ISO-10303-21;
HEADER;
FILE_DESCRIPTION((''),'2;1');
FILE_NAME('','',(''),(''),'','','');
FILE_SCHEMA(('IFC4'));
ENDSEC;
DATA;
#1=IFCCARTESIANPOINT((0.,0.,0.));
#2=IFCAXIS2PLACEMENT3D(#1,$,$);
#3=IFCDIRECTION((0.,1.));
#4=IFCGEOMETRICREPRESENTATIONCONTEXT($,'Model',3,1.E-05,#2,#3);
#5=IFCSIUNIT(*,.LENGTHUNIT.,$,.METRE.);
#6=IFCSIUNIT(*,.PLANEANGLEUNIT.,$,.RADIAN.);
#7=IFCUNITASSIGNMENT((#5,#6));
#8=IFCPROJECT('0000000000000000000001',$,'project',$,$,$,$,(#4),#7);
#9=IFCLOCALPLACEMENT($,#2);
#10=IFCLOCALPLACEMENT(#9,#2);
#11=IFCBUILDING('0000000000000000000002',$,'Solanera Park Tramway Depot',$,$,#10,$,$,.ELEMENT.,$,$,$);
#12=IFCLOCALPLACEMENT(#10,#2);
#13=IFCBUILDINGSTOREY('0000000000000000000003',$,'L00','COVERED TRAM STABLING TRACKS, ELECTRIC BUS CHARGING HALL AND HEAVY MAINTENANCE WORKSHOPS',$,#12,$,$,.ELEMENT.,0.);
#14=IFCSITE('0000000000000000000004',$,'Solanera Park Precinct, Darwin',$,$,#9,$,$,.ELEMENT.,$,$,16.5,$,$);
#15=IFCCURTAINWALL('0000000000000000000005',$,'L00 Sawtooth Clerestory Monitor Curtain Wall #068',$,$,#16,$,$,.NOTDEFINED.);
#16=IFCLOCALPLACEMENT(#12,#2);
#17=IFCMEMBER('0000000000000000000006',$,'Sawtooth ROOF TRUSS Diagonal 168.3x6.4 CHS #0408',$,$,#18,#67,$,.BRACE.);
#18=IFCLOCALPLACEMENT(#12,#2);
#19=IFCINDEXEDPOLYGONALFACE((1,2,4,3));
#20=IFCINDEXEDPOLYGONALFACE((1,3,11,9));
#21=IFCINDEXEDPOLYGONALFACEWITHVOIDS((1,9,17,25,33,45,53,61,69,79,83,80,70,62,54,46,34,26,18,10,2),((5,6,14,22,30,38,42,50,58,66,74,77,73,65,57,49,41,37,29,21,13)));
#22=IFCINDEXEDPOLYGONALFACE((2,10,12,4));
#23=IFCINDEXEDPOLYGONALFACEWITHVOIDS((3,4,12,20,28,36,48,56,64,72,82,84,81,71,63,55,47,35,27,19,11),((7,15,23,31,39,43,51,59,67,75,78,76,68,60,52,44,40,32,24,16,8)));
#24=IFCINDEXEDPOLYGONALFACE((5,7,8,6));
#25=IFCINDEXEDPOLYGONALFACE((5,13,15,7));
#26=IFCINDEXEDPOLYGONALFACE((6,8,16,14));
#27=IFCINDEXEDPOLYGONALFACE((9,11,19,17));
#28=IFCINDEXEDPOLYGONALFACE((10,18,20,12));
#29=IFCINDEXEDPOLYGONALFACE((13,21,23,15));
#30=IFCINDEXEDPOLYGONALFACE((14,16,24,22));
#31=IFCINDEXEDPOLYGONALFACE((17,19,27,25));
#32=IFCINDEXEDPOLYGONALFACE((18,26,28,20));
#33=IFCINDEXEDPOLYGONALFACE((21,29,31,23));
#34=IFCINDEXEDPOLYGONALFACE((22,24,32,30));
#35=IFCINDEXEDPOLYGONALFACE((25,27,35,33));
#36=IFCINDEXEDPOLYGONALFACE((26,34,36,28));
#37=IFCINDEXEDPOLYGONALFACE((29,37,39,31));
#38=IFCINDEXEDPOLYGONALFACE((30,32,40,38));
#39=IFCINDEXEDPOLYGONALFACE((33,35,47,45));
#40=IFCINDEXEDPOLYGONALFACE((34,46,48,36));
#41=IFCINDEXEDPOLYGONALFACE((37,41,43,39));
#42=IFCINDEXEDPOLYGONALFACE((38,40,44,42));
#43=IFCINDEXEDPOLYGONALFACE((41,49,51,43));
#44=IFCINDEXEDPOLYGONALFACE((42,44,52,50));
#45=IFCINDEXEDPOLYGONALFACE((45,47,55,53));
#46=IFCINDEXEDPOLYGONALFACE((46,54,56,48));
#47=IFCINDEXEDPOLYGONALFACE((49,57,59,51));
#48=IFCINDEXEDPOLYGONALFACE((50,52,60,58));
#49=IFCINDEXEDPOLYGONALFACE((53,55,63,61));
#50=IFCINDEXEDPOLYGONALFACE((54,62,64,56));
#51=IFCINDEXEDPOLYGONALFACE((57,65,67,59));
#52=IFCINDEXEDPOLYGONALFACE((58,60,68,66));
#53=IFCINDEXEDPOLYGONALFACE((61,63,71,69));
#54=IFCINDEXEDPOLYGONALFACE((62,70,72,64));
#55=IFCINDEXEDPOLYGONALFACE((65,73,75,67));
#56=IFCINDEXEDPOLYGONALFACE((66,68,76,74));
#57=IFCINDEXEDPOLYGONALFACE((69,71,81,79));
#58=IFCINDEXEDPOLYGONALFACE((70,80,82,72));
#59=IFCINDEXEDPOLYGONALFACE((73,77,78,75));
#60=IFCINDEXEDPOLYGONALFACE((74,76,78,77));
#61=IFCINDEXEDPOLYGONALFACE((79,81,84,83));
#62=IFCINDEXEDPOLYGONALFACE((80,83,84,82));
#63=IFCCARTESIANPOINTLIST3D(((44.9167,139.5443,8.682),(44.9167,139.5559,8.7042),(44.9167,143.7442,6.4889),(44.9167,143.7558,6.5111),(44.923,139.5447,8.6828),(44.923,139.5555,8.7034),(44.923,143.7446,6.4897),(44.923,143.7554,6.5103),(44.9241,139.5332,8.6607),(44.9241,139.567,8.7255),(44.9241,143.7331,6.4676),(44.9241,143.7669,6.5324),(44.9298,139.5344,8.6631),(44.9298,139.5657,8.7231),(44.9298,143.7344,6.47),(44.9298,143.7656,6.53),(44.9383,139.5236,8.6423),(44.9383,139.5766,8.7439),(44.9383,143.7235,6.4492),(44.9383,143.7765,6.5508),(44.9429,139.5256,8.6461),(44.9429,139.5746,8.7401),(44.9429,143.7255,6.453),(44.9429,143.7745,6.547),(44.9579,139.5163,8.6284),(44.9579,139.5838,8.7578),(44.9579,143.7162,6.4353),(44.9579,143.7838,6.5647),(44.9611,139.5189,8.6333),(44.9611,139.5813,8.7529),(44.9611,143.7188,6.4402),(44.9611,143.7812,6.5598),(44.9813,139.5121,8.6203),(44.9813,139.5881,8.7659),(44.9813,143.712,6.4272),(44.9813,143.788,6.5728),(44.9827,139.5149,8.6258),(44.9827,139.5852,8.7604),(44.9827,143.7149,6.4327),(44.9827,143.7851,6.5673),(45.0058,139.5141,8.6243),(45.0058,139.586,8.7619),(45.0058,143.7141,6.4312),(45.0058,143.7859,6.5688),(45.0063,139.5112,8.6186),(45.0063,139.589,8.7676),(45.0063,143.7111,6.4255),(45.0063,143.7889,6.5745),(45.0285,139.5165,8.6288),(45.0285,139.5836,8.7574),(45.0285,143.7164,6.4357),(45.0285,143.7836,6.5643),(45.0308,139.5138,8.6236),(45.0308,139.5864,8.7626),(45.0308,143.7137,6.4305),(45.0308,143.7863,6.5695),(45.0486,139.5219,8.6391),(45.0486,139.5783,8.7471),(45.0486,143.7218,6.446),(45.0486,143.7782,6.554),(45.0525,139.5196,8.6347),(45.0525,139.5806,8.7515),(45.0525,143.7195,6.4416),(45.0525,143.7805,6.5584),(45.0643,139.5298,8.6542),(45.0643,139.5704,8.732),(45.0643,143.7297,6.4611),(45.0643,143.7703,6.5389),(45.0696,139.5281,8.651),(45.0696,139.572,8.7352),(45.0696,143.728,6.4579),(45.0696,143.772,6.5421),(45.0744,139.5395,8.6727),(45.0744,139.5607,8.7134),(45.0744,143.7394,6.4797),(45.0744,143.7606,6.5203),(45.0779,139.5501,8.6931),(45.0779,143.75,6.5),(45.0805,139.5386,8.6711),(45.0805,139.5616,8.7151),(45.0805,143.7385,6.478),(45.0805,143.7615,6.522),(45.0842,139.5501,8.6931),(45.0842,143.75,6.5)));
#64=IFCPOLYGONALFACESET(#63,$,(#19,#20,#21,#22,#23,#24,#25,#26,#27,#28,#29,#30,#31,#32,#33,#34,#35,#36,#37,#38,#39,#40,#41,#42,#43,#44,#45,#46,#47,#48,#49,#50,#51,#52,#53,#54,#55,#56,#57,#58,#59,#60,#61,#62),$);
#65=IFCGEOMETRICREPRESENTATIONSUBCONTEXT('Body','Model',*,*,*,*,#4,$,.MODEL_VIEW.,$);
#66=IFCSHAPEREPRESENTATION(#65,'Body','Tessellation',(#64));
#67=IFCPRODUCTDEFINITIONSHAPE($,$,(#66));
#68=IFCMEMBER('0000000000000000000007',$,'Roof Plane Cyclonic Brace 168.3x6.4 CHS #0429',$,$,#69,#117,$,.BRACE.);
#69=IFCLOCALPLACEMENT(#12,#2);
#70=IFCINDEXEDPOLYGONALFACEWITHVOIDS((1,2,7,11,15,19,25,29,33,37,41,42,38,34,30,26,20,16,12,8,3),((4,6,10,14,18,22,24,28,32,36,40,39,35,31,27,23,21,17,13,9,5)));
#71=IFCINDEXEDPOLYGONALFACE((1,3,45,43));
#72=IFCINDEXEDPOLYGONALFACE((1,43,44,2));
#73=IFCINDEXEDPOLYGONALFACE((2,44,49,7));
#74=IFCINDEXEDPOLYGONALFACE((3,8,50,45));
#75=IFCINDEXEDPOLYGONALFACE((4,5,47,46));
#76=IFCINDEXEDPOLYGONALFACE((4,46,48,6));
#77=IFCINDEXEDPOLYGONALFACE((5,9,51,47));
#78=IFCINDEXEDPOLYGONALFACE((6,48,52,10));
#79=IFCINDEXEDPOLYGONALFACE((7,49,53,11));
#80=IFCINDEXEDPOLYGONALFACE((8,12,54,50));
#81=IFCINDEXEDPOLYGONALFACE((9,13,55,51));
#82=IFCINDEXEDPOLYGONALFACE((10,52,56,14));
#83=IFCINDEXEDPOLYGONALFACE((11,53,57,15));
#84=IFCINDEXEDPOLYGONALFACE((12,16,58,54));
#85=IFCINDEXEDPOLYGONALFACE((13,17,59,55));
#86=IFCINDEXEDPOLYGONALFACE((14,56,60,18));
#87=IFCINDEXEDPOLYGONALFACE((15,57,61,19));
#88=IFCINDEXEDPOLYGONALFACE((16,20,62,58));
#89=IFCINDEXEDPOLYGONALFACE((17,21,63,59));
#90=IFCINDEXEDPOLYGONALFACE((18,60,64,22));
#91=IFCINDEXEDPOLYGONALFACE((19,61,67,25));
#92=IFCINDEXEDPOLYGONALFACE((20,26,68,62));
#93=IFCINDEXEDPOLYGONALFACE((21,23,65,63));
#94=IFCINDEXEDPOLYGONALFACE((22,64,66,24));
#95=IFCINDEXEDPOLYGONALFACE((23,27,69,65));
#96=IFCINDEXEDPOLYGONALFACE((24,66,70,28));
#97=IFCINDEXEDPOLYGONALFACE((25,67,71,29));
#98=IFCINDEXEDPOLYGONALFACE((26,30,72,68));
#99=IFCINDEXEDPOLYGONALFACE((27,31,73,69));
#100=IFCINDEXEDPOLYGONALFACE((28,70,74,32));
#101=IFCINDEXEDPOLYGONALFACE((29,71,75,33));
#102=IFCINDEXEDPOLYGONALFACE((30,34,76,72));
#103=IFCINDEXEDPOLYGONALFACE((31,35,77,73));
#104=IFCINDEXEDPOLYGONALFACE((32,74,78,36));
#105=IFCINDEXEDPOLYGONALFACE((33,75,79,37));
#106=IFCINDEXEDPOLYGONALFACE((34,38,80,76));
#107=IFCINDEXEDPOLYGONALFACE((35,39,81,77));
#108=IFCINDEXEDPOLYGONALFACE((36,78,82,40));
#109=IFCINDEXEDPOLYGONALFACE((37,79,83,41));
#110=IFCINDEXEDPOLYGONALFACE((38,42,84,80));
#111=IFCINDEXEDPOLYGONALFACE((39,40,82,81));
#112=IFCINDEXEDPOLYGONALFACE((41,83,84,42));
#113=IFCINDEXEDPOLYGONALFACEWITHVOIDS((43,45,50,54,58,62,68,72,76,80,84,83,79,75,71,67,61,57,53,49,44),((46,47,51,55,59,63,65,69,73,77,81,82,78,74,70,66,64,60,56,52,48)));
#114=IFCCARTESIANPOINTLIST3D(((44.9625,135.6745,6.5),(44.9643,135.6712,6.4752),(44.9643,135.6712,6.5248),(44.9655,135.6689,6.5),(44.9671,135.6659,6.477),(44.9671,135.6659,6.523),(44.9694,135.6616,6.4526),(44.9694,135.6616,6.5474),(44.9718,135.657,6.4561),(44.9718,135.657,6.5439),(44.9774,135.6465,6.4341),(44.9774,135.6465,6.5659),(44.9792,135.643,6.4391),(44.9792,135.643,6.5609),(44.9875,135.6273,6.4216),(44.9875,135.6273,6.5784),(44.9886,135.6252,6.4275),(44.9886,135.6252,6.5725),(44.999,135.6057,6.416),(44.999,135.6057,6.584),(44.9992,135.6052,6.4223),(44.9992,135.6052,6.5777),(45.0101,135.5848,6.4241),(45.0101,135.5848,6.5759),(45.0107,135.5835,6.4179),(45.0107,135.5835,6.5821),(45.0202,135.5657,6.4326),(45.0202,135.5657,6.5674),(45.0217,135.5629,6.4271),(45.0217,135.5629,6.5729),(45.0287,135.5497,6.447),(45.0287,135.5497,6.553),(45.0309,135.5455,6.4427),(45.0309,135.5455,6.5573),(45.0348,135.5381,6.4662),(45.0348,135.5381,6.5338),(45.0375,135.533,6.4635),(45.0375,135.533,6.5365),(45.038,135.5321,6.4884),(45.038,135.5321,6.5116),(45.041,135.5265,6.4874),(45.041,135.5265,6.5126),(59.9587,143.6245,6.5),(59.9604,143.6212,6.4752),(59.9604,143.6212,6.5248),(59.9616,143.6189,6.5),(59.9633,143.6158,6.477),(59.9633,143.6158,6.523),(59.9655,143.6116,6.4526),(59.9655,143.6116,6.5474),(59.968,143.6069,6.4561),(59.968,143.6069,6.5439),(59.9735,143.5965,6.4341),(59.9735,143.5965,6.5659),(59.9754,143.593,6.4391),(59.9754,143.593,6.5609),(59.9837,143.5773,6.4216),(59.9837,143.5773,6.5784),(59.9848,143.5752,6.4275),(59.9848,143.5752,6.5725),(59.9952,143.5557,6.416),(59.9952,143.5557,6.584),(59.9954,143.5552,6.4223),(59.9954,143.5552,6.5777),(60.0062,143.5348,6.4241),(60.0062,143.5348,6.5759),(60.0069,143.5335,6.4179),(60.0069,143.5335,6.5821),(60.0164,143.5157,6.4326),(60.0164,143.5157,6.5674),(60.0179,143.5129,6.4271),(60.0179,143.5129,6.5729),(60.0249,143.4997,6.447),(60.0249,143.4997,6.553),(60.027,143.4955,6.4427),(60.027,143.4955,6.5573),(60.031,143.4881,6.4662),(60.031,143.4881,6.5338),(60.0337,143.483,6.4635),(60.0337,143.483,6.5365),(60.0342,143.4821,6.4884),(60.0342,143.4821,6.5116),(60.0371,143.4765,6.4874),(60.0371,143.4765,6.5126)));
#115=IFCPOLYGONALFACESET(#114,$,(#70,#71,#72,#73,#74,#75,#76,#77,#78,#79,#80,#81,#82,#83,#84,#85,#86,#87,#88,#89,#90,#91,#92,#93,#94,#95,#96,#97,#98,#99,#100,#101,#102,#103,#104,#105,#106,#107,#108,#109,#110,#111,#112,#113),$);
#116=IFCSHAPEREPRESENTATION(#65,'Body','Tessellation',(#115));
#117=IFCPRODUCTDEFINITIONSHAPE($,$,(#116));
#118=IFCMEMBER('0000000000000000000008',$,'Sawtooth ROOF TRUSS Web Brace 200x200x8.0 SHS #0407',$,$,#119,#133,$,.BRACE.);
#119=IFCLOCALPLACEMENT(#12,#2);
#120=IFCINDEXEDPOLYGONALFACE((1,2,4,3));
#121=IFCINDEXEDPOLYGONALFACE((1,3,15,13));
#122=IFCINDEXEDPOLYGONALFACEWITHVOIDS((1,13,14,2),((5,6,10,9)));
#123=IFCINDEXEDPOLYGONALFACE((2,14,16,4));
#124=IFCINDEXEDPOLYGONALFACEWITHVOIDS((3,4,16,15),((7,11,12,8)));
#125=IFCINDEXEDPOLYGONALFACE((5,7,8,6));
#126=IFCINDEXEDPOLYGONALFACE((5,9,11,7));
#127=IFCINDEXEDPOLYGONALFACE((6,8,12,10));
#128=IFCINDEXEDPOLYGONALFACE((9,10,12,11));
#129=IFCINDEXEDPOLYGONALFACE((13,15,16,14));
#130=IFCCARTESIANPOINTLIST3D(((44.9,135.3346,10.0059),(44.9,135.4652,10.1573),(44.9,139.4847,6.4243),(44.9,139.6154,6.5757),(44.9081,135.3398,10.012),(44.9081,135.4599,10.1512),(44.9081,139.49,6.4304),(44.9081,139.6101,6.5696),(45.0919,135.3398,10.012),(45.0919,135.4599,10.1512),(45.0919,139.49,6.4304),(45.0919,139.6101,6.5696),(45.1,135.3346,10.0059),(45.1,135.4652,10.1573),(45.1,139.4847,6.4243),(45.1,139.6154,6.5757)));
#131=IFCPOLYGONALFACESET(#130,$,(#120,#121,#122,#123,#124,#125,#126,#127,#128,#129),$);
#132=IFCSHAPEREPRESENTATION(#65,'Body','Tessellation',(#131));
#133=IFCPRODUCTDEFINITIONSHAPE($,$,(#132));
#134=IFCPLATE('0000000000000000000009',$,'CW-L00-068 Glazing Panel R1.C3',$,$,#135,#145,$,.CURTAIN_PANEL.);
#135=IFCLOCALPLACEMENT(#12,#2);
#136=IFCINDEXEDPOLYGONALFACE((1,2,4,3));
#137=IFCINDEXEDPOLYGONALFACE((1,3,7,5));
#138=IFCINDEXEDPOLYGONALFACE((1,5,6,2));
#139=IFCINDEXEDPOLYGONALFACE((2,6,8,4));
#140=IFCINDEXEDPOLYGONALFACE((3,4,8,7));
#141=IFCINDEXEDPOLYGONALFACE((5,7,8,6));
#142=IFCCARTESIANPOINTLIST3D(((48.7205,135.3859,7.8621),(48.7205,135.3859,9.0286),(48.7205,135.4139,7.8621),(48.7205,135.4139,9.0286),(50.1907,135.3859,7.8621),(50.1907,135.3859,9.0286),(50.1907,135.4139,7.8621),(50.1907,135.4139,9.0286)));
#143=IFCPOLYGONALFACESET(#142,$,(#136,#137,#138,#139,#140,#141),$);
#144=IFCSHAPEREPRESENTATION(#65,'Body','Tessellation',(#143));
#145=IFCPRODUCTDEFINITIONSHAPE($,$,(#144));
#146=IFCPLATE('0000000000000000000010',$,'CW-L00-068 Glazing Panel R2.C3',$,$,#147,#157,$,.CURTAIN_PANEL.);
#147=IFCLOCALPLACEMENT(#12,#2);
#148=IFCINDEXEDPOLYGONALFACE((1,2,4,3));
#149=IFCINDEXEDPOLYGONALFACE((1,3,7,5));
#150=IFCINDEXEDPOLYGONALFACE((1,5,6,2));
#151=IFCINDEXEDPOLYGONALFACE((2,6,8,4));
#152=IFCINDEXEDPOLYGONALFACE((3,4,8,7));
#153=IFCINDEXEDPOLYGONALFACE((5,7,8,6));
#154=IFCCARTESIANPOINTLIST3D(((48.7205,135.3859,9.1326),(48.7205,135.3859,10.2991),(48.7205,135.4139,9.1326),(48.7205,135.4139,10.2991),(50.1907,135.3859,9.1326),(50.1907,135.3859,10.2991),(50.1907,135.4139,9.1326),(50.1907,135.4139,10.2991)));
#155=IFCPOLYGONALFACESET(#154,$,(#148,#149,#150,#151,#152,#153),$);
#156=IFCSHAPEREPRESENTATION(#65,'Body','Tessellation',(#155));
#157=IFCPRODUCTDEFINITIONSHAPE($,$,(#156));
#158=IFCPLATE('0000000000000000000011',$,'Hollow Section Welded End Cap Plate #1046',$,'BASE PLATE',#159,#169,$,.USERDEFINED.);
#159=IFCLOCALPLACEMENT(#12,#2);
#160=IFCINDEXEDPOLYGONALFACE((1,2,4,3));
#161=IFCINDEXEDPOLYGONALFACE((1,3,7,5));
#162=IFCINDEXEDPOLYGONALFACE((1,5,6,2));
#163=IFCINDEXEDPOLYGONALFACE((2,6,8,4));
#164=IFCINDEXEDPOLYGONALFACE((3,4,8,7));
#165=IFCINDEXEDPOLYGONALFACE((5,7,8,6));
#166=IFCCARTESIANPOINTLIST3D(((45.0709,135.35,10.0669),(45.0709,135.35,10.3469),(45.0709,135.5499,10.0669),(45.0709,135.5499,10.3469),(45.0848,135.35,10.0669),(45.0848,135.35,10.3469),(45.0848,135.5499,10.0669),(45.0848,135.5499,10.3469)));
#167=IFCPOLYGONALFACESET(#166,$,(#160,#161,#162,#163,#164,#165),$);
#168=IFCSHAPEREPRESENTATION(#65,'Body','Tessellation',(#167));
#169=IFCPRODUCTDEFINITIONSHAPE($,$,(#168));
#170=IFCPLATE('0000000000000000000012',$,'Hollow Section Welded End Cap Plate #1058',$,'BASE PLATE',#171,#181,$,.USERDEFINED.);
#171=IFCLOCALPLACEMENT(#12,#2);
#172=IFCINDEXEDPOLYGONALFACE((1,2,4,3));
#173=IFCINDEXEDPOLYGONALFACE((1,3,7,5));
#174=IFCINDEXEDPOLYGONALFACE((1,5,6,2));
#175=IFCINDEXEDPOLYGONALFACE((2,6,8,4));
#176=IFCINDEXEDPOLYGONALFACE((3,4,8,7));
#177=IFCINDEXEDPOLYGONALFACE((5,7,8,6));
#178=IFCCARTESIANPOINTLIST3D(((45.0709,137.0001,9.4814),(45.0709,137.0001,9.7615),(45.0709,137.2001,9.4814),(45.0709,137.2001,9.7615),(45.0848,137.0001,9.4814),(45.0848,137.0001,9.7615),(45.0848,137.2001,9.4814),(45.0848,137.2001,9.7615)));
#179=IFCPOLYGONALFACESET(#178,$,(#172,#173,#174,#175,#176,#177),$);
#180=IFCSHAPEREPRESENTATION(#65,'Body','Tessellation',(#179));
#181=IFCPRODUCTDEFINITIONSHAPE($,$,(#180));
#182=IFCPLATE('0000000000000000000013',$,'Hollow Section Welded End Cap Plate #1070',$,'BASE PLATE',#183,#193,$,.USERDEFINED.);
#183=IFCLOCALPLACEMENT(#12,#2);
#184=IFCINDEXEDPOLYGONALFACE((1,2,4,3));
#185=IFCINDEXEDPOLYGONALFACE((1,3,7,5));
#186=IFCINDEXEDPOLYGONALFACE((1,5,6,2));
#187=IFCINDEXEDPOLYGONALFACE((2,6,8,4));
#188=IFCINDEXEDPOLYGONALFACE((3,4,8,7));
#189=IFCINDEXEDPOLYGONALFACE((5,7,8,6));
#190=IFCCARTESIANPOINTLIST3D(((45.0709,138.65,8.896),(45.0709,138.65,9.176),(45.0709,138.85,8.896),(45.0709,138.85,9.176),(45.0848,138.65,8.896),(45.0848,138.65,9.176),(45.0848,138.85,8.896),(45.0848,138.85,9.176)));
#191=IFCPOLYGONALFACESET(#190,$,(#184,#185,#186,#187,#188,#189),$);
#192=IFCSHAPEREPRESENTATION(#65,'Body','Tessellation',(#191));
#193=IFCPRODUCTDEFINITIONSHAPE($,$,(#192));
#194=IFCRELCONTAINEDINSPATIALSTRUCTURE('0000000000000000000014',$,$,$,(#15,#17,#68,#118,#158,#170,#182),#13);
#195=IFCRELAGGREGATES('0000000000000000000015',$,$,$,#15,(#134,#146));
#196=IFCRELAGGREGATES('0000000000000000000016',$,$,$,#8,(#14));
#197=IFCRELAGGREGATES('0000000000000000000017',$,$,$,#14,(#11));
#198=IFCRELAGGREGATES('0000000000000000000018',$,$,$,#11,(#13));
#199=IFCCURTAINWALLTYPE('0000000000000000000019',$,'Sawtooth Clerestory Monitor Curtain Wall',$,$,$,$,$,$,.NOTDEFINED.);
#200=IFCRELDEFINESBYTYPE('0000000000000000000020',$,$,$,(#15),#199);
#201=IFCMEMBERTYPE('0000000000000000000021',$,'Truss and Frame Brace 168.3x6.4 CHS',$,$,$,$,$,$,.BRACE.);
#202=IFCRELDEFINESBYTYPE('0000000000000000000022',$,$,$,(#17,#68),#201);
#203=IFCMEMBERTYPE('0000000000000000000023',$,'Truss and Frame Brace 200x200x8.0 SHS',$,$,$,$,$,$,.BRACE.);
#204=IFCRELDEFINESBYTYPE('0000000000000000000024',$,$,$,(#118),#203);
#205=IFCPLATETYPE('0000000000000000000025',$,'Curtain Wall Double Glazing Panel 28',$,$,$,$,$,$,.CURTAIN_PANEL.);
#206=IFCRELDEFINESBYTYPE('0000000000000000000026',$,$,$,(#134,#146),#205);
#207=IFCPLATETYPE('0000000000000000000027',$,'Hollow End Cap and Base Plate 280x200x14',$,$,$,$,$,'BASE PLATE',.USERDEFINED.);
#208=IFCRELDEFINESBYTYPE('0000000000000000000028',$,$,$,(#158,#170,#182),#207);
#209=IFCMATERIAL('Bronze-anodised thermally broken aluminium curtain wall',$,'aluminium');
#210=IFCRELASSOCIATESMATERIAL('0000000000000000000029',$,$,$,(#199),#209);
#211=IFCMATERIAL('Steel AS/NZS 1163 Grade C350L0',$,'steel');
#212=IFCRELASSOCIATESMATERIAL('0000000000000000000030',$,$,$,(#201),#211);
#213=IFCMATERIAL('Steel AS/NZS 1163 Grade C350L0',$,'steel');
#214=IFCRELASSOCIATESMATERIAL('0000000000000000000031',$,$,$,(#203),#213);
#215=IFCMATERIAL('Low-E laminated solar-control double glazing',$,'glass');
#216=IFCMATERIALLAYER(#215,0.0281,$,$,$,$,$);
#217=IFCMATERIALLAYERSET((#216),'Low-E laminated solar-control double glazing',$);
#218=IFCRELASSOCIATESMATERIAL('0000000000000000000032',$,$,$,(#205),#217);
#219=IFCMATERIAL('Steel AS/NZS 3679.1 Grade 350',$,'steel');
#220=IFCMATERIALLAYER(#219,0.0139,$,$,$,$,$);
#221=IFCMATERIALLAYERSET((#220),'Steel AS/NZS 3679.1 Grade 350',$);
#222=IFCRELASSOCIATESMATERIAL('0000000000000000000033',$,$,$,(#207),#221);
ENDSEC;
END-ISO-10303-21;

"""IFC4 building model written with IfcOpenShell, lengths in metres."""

from ifc_helpers import new_model, si_unit, direction, frame, origin, origin_2d, place, context, subcontext, project, spatial, rectangle, hollow_rectangle, hollow_circle, extrude, material, layer, layer_set, material_profile, profile_set, type_object, element, aggregate, save


model = new_model("IFC4")

# Units and contexts
model_context = context("Model", 3, precision=1e-05, world=origin(), true_north=direction((0.0, 1.0)))
body_context = subcontext(model_context, "Body", "Model", "MODEL_VIEW")
ifc_project = project(units=[si_unit("LENGTHUNIT", "METRE"), si_unit("PLANEANGLEUNIT", "RADIAN")], contexts=[model_context])

# Site, building, storey
site_placement = place(None, origin())
site = spatial("IfcSite", under=ifc_project, at=site_placement, Name="Solanera Park Precinct, Darwin", CompositionType="ELEMENT", RefElevation=16.5)
building_placement = place(site_placement, origin())
building = spatial("IfcBuilding", under=site, at=building_placement, Name="Solanera Park Tramway Depot", CompositionType="ELEMENT")
storey_placement = place(building_placement, origin())
storey = spatial("IfcBuildingStorey", under=building, at=storey_placement, Name="L00", Description="COVERED TRAM STABLING TRACKS, ELECTRIC BUS CHARGING HALL AND HEAVY MAINTENANCE WORKSHOPS", CompositionType="ELEMENT", Elevation=0.0)

# Curtain wall
ifc_material_1 = material(Name="Bronze-anodised thermally broken aluminium curtain wall", Category="aluminium")
curtain_wall_type = type_object("IfcCurtainWallType", Name="Sawtooth Clerestory Monitor Curtain Wall", PredefinedType="NOTDEFINED", material=ifc_material_1)
curtain_wall_placement = place(storey_placement, origin())
curtain_wall = element("IfcCurtainWall", 1, at=curtain_wall_placement, inside=storey, type_object=curtain_wall_type, Name="L00 Sawtooth Clerestory Monitor Curtain Wall #068", PredefinedType="NOTDEFINED")

# Members
ifc_material_2 = material(Name="Steel AS/NZS 1163 Grade C350L0", Category="steel")
ifc_material_profile_1 = material_profile(ifc_material_2, hollow_circle(Radius=0.0842, WallThickness=0.0063, at=origin_2d()), Name="168.3x6.4 CHS")
ifc_profile_set_1 = profile_set([ifc_material_profile_1], Name="Steel AS/NZS 1163 Grade C350L0")
member_type_1 = type_object("IfcMemberType", Name="Truss and Frame Brace 168.3x6.4 CHS", PredefinedType="BRACE", material=ifc_profile_set_1)
member_1_placement = place(storey_placement, frame((45.0, 143.75, 6.5), z_axis=(0.0, -0.886426, 0.462871), x_axis=(1.0, 0.0, 0.0)))
element("IfcMember", 2, at=member_1_placement, inside=storey, type_object=member_type_1, Name="Sawtooth ROOF TRUSS Diagonal 168.3x6.4 CHS #0408", PredefinedType="BRACE", context=body_context, shape_type="SweptSolid", body=[
    extrude(hollow_circle(Radius=0.0842, WallThickness=0.0063, at=origin_2d()), origin(), (0.0, 0.0, 1.0), 4.738),
])
member_2_placement = place(storey_placement, frame((45.002, 135.6001, 6.5), z_axis=(0.883524, 0.468387, 0.0), x_axis=(-0.468387, 0.883524, 0.0)))
element("IfcMember", 3, at=member_2_placement, inside=storey, type_object=member_type_1, Name="Roof Plane Cyclonic Brace 168.3x6.4 CHS #0429", PredefinedType="BRACE", context=body_context, shape_type="SweptSolid", body=[
    extrude(hollow_circle(Radius=0.0842, WallThickness=0.0063, at=origin_2d()), origin(), (0.0, 0.0, 1.0), 16.9731),
])
ifc_material_3 = material(Name="Steel AS/NZS 1163 Grade C350L0", Category="steel")
ifc_material_profile_2 = material_profile(ifc_material_3, hollow_rectangle(XDim=0.2, YDim=0.2, WallThickness=0.0081, at=origin_2d()), Name="200x200x8.0 SHS")
ifc_profile_set_2 = profile_set([ifc_material_profile_2], Name="Steel AS/NZS 1163 Grade C350L0")
member_type_2 = type_object("IfcMemberType", Name="Truss and Frame Brace 200x200x8.0 SHS", PredefinedType="BRACE", material=ifc_profile_set_2)
member_3_placement = place(storey_placement, frame((45.0, 139.55, 6.5), z_axis=(0.0, -0.757064, 0.65334), x_axis=(1.0, 0.0, 0.0)))
element("IfcMember", 4, at=member_3_placement, inside=storey, type_object=member_type_2, Name="Sawtooth ROOF TRUSS Web Brace 200x200x8.0 SHS #0407", PredefinedType="BRACE", context=body_context, shape_type="SweptSolid", body=[
    extrude(hollow_rectangle(XDim=0.2, YDim=0.2, WallThickness=0.0081, at=origin_2d()), origin(), (0.0, 0.0, 1.0), 5.4819),
])

# Plates
ifc_material_4 = material(Name="Low-E laminated solar-control double glazing", Category="glass")
ifc_layer_1 = layer(ifc_material_4, 0.0281)
ifc_layer_set_1 = layer_set([ifc_layer_1], Name="Low-E laminated solar-control double glazing")
plate_type_1 = type_object("IfcPlateType", Name="Curtain Wall Double Glazing Panel 28", PredefinedType="CURTAIN_PANEL", material=ifc_layer_set_1)
plate_1_placement = place(storey_placement, frame((49.4556, 135.3999, 7.8621), z_axis=(0.0, 0.0, 1.0), x_axis=(1.0, 0.0, 0.0)))
plate_1 = element("IfcPlate", 5, at=plate_1_placement, type_object=plate_type_1, Name="CW-L00-068 Glazing Panel R1.C3", PredefinedType="CURTAIN_PANEL", context=body_context, shape_type="SweptSolid", body=[
    extrude(rectangle(XDim=1.4702, YDim=0.0281, at=origin_2d()), origin(), (0.0, 0.0, 1.0), 1.1665),
])
plate_2_placement = place(storey_placement, frame((49.4556, 135.3999, 9.1326), z_axis=(0.0, 0.0, 1.0), x_axis=(1.0, 0.0, 0.0)))
plate_2 = element("IfcPlate", 6, at=plate_2_placement, type_object=plate_type_1, Name="CW-L00-068 Glazing Panel R2.C3", PredefinedType="CURTAIN_PANEL", context=body_context, shape_type="SweptSolid", body=[
    extrude(rectangle(XDim=1.4702, YDim=0.0281, at=origin_2d()), origin(), (0.0, 0.0, 1.0), 1.1665),
])
aggregate(curtain_wall, [plate_1, plate_2])

# Plates
ifc_material_5 = material(Name="Steel AS/NZS 3679.1 Grade 350", Category="steel")
ifc_layer_2 = layer(ifc_material_5, 0.0139)
ifc_layer_set_2 = layer_set([ifc_layer_2], Name="Steel AS/NZS 3679.1 Grade 350")
plate_type_2 = type_object("IfcPlateType", Name="Hollow End Cap and Base Plate 280x200x14", ElementType="BASE PLATE", PredefinedType="USERDEFINED", material=ifc_layer_set_2)
for number, where, z_axis, x_axis, name in (
    (7, (45.0779, 135.45, 10.0669), (0.0, 0.0, 1.0), (1.0, 0.0, 0.0), "Hollow Section Welded End Cap Plate #1046"),
    (8, (45.0779, 137.1001, 9.4814), (0.0, 0.0, 1.0), (1.0, 0.0, 0.0), "Hollow Section Welded End Cap Plate #1058"),
    (9, (45.0779, 138.75, 8.896), (0.0, 0.0, 1.0), (1.0, 0.0, 0.0), "Hollow Section Welded End Cap Plate #1070"),
):
    element("IfcPlate", number, at=place(storey_placement, frame(where, z_axis=z_axis, x_axis=x_axis)), inside=storey, type_object=plate_type_2, Name=name, ObjectType="BASE PLATE", PredefinedType="USERDEFINED", context=body_context, shape_type="SweptSolid", body=[
        extrude(rectangle(XDim=0.0139, YDim=0.2, at=origin_2d()), origin(), (0.0, 0.0, 1.0), 0.28),
    ])

save(model, "model.ifc")
